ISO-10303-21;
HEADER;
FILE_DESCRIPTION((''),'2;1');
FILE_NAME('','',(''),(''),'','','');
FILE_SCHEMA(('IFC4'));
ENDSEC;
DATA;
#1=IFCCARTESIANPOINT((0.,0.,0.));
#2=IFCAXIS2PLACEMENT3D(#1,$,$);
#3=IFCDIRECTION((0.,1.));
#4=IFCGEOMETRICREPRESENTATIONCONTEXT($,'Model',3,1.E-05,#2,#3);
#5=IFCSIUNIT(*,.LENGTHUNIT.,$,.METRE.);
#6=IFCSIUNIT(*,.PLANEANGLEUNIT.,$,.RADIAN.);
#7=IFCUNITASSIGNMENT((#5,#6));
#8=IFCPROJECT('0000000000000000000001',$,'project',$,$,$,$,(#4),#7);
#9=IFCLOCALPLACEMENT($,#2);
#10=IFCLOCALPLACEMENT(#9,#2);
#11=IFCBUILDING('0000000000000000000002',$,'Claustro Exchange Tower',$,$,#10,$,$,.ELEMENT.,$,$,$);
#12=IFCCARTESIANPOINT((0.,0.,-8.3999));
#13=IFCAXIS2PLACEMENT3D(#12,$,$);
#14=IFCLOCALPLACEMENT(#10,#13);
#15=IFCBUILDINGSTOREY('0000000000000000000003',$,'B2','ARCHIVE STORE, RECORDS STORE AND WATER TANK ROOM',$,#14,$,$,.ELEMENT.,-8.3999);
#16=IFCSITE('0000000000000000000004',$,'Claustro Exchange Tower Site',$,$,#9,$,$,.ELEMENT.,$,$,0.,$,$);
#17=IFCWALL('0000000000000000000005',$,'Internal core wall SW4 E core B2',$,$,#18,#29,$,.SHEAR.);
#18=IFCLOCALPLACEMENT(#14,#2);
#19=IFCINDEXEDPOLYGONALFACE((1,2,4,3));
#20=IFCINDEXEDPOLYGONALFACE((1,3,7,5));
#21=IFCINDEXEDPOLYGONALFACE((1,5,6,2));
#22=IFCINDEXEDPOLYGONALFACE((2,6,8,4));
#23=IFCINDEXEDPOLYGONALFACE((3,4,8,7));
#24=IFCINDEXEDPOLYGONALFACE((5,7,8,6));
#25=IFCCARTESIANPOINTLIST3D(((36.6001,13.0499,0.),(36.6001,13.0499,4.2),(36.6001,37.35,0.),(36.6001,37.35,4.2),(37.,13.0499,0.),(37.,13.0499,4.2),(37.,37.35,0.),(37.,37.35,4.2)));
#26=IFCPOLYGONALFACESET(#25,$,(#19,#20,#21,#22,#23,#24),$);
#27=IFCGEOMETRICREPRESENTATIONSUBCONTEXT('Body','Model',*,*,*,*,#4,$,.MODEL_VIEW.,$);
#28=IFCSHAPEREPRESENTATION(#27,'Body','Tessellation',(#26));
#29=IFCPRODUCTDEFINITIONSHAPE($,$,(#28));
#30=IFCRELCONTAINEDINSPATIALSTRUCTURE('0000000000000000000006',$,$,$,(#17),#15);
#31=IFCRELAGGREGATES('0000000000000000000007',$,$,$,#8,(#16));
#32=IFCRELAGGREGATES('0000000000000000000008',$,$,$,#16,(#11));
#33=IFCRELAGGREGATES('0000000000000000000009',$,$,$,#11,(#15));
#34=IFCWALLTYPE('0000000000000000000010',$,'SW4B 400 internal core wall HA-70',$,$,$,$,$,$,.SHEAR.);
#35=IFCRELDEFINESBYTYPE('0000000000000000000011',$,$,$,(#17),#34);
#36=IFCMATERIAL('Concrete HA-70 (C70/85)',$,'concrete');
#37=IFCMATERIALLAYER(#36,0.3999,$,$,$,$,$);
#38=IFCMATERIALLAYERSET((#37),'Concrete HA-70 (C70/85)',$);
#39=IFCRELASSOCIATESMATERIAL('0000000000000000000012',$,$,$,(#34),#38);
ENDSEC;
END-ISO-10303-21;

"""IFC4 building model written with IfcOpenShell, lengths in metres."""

from ifc_helpers import new_model, si_unit, direction, frame, frame_2d, origin, place, context, subcontext, project, spatial, rectangle, extrude, material, layer, layer_set, type_object, element, save


model = new_model("IFC4")

# Units and contexts
model_context = context("Model", 3, precision=1e-05, world=origin(), true_north=direction((0.0, 1.0)))
body_context = subcontext(model_context, "Body", "Model", "MODEL_VIEW")
ifc_project = project(units=[si_unit("LENGTHUNIT", "METRE"), si_unit("PLANEANGLEUNIT", "RADIAN")], contexts=[model_context])

# Site, building, storey
site_placement = place(None, origin())
site = spatial("IfcSite", under=ifc_project, at=site_placement, Name="Claustro Exchange Tower Site", CompositionType="ELEMENT", RefElevation=0.0)
building_placement = place(site_placement, origin())
building = spatial("IfcBuilding", under=site, at=building_placement, Name="Claustro Exchange Tower", CompositionType="ELEMENT")
storey_placement = place(building_placement, frame((0.0, 0.0, -8.3999)))
storey = spatial("IfcBuildingStorey", under=building, at=storey_placement, Name="B2", Description="ARCHIVE STORE, RECORDS STORE AND WATER TANK ROOM", CompositionType="ELEMENT", Elevation=-8.3999)

# Wall
ifc_material_1 = material(Name="Concrete HA-70 (C70/85)", Category="concrete")
ifc_layer_1 = layer(ifc_material_1, 0.3999)
ifc_layer_set_1 = layer_set([ifc_layer_1], Name="Concrete HA-70 (C70/85)")
wall_type_1 = type_object("IfcWallType", Name="SW4B 400 internal core wall HA-70", PredefinedType="SHEAR", material=ifc_layer_set_1)
wall_1_placement = place(storey_placement, frame((36.8, 13.05, 0.0), z_axis=(0.0, 0.0, 1.0), x_axis=(0.0, 1.0, 0.0)))
element("IfcWall", 1, at=wall_1_placement, inside=storey, type_object=wall_type_1, Name="Internal core wall SW4 E core B2", PredefinedType="SHEAR", context=body_context, shape_type="SweptSolid", body=[
    extrude(rectangle(XDim=24.3, YDim=0.3999, at=frame_2d((12.1499, 0.0))), origin(), (0.0, 0.0, 1.0), 4.2),
])

save(model, "model.ifc")
